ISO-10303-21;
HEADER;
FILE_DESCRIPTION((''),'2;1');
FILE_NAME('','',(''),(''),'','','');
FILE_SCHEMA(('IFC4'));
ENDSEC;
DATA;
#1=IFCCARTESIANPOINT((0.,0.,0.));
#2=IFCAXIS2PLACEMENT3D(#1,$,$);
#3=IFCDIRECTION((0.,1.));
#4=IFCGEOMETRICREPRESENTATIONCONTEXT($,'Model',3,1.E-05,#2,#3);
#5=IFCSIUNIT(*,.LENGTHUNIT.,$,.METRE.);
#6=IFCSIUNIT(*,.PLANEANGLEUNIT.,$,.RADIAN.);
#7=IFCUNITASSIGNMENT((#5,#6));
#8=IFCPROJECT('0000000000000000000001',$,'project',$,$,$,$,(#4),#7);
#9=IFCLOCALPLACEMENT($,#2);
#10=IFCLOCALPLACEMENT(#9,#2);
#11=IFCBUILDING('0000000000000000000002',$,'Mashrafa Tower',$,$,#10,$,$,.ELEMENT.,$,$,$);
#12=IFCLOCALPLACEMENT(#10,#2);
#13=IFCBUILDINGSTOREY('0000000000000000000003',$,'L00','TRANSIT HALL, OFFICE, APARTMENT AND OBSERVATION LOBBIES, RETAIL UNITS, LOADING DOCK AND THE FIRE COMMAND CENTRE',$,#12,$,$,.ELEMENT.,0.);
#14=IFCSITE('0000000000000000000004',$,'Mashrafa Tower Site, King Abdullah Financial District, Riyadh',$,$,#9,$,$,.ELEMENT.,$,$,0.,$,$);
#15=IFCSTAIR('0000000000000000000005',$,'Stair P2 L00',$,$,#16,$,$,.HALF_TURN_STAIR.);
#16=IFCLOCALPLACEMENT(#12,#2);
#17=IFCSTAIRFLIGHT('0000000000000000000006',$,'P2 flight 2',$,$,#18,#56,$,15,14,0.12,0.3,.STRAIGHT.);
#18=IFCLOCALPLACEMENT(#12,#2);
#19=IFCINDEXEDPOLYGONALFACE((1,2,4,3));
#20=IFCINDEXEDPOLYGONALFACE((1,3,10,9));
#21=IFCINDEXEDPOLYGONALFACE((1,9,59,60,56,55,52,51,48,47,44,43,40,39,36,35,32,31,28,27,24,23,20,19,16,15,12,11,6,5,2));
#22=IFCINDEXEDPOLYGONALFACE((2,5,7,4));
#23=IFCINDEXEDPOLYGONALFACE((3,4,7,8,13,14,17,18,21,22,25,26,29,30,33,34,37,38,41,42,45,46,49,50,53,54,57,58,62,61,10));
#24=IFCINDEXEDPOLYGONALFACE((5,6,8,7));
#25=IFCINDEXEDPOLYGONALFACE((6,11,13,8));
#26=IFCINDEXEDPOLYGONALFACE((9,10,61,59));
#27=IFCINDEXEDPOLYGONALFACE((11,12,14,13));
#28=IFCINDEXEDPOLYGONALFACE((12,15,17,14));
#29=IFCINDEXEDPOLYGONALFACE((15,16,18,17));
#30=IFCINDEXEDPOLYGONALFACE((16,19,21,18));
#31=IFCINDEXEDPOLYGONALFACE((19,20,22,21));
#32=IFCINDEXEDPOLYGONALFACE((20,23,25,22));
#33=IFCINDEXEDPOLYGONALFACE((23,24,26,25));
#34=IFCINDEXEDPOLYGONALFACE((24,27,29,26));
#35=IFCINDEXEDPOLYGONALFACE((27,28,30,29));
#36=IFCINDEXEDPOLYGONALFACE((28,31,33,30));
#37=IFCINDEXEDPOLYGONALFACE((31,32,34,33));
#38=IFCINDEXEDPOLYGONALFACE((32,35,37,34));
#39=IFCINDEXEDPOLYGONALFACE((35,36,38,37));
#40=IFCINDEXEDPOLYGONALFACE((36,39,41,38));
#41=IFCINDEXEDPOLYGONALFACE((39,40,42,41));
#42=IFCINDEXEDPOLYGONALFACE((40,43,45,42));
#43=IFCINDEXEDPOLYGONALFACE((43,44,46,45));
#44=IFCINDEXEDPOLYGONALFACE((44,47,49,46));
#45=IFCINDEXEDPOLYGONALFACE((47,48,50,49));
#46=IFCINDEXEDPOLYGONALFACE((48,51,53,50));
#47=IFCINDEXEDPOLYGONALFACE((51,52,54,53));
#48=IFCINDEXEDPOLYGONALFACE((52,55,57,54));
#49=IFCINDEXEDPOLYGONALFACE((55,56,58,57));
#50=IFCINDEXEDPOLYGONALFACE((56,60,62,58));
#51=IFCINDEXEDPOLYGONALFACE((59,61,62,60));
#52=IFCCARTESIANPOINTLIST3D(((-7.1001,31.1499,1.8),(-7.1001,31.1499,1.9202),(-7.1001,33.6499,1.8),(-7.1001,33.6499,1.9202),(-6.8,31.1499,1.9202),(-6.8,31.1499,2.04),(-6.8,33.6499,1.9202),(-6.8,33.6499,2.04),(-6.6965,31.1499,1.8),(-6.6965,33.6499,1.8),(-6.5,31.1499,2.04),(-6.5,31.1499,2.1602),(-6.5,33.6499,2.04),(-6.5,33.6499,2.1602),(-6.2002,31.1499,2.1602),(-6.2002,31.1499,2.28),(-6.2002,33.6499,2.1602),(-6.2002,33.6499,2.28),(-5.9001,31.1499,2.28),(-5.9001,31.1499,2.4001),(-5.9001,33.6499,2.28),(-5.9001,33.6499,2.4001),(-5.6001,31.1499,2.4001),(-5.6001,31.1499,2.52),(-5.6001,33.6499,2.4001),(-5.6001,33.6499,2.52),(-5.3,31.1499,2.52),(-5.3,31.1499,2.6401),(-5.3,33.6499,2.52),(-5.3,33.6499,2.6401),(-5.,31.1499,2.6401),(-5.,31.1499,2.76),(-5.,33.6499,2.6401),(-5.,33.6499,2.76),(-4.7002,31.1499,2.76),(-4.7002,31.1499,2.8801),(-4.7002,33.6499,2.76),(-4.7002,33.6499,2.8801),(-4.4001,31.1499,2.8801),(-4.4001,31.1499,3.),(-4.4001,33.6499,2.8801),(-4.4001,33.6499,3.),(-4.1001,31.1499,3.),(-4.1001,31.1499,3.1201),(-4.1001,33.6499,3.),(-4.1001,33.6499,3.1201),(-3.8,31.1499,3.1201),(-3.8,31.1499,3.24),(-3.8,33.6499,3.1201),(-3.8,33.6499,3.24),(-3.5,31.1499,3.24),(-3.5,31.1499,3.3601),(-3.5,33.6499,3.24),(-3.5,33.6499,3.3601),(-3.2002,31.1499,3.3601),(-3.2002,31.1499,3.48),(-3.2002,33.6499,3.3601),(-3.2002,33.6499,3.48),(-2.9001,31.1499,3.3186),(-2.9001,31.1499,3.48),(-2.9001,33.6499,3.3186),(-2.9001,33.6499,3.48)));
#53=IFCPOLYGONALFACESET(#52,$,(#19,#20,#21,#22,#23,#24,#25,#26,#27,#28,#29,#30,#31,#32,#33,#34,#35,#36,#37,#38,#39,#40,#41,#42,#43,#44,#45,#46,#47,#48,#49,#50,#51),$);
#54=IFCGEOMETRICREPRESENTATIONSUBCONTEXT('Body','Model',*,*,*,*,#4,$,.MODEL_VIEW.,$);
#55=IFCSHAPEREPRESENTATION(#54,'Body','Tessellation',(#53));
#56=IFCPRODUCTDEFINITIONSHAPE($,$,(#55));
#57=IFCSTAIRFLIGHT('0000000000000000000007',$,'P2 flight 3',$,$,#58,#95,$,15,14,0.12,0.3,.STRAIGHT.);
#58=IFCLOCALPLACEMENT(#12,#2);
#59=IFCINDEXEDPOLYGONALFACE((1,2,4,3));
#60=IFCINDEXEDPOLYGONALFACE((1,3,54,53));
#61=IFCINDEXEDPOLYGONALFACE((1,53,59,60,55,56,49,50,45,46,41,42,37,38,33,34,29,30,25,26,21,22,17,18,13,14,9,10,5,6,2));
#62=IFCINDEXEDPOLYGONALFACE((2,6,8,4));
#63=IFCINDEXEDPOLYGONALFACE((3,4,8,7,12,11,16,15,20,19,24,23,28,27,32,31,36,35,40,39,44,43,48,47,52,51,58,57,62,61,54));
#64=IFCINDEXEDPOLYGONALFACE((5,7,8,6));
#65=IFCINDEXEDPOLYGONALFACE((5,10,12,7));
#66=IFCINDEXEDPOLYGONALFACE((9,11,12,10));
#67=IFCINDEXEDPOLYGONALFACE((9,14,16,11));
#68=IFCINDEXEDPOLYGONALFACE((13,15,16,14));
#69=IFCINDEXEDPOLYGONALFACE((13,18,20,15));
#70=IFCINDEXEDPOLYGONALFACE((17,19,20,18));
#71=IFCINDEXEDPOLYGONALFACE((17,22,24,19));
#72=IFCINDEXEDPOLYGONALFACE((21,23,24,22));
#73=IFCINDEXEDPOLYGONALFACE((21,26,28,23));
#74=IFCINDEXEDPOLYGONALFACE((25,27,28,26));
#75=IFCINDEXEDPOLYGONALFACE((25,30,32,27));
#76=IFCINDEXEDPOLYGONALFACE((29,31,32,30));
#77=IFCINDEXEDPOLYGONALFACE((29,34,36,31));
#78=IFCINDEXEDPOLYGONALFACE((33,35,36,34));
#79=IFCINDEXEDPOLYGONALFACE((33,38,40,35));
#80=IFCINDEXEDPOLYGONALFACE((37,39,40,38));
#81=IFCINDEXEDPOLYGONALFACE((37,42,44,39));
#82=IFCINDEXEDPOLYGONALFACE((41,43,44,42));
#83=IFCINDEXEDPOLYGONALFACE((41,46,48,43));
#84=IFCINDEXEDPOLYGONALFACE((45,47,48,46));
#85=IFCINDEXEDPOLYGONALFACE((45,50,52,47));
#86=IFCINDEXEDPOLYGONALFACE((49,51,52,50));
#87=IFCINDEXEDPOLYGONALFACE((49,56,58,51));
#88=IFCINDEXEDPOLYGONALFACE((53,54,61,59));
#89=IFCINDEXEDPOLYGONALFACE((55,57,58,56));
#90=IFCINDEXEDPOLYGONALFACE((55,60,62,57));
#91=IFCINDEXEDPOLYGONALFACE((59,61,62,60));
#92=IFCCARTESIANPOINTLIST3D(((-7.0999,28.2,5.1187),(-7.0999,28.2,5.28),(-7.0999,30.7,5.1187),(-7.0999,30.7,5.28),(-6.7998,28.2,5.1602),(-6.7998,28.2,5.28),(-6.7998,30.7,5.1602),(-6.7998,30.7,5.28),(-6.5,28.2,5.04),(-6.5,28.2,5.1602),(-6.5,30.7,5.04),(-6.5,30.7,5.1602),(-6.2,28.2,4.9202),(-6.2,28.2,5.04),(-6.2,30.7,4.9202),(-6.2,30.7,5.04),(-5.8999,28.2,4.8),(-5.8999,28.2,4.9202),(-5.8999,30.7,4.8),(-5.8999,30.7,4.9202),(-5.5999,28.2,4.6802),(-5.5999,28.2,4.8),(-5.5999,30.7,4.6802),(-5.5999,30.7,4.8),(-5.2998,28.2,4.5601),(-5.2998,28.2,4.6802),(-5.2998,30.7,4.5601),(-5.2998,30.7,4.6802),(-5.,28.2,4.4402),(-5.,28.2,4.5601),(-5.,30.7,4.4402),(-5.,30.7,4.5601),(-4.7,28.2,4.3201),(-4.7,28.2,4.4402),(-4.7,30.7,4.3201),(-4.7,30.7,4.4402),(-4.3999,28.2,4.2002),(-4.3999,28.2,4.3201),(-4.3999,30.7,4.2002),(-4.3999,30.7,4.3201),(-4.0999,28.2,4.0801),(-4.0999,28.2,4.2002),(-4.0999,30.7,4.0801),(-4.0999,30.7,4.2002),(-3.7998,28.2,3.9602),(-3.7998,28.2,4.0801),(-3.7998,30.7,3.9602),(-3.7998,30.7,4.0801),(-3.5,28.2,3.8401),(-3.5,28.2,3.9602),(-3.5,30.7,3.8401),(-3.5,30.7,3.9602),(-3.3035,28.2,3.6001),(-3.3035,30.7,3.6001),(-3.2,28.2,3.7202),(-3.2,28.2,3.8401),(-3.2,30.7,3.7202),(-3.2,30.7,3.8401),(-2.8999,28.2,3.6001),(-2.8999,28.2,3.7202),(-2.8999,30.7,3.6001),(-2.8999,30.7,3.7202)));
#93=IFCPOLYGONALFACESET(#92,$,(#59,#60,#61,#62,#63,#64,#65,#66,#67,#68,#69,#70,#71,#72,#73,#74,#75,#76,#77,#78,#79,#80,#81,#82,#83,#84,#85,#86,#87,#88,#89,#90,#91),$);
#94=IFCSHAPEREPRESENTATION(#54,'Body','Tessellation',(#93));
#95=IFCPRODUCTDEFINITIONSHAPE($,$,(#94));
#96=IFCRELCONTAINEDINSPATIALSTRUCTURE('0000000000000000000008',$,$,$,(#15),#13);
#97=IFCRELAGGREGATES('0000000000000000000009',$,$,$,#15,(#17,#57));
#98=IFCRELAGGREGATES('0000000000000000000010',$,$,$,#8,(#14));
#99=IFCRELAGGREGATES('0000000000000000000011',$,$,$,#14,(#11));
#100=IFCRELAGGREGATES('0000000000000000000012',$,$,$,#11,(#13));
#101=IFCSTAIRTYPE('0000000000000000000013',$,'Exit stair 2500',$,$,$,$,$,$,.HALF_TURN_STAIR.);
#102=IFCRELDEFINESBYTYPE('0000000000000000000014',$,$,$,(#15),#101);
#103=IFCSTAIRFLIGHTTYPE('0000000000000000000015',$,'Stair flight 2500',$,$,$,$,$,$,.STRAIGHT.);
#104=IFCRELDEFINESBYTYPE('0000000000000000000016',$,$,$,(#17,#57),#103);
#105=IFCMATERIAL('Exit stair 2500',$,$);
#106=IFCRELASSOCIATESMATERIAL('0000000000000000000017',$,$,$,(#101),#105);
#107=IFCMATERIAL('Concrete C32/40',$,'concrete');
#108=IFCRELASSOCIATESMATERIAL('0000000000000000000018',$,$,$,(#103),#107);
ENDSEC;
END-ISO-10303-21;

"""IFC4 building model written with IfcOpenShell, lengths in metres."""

from ifc_helpers import new_model, si_unit, direction, frame, origin, place, context, subcontext, project, spatial, polyline, outline, extrude, material, type_object, element, aggregate, save


model = new_model("IFC4")

# Units and contexts
model_context = context("Model", 3, precision=1e-05, world=origin(), true_north=direction((0.0, 1.0)))
body_context = subcontext(model_context, "Body", "Model", "MODEL_VIEW")
ifc_project = project(units=[si_unit("LENGTHUNIT", "METRE"), si_unit("PLANEANGLEUNIT", "RADIAN")], contexts=[model_context])

# Site, building, storey
site_placement = place(None, origin())
site = spatial("IfcSite", under=ifc_project, at=site_placement, Name="Mashrafa Tower Site, King Abdullah Financial District, Riyadh", CompositionType="ELEMENT", RefElevation=0.0)
building_placement = place(site_placement, origin())
building = spatial("IfcBuilding", under=site, at=building_placement, Name="Mashrafa Tower", CompositionType="ELEMENT")
storey_placement = place(building_placement, origin())
storey = spatial("IfcBuildingStorey", under=building, at=storey_placement, Name="L00", Description="TRANSIT HALL, OFFICE, APARTMENT AND OBSERVATION LOBBIES, RETAIL UNITS, LOADING DOCK AND THE FIRE COMMAND CENTRE", CompositionType="ELEMENT", Elevation=0.0)

# Stair, stair flights
ifc_material_1 = material(Name="Exit stair 2500")
stair_type = type_object("IfcStairType", Name="Exit stair 2500", PredefinedType="HALF_TURN_STAIR", material=ifc_material_1)
stair_placement = place(storey_placement, origin())
stair = element("IfcStair", 1, at=stair_placement, inside=storey, type_object=stair_type, Name="Stair P2 L00", PredefinedType="HALF_TURN_STAIR")
ifc_material_2 = material(Name="Concrete C32/40", Category="concrete")
stair_flight_type = type_object("IfcStairFlightType", Name="Stair flight 2500", PredefinedType="STRAIGHT", material=ifc_material_2)
stair_flight_1_placement = place(storey_placement, frame((-7.1001, 32.3999, 1.8), z_axis=(0.0, 0.0, 1.0), x_axis=(1.0, 0.0, 0.0)))
stair_flight_1 = element("IfcStairFlight", 2, at=stair_flight_1_placement, type_object=stair_flight_type, Name="P2 flight 2", NumberOfRisers=15, NumberOfTreads=14, PredefinedType="STRAIGHT", RiserHeight=0.12, TreadLength=0.3, context=body_context, shape_type="SweptSolid", body=[
    extrude(outline(polyline([(0.0, 0.0), (0.0, 0.1201), (0.3, 0.1201), (0.3, 0.24), (0.6001, 0.24), (0.6001, 0.3601), (0.8999, 0.3601), (0.8999, 0.48), (1.2, 0.48), (1.2, 0.6001), (1.5, 0.6001), (1.5, 0.72), (1.8, 0.72), (1.8, 0.8401), (2.1001, 0.8401), (2.1001, 0.96), (2.3999, 0.96), (2.3999, 1.0801), (2.7, 1.0801), (2.7, 1.2), (3.0, 1.2), (3.0, 1.3201), (3.3, 1.3201), (3.3, 1.4399), (3.6001, 1.4399), (3.6001, 1.5601), (3.8999, 1.5601), (3.8999, 1.6799), (4.2, 1.6799), (4.2, 1.8), (4.2, 1.5186), (0.4036, 0.0), (0.0, 0.0)])), frame((0.0, 1.25, 0.0), z_axis=(0.0, -1.0, 0.0), x_axis=(1.0, 0.0, 0.0)), (0.0, 0.0, 1.0), 2.5),
])
stair_flight_2_placement = place(storey_placement, frame((-2.8999, 29.45, 3.6001), z_axis=(0.0, 0.0, 1.0), x_axis=(-1.0, 0.0, 0.0)))
stair_flight_2 = element("IfcStairFlight", 3, at=stair_flight_2_placement, type_object=stair_flight_type, Name="P2 flight 3", NumberOfRisers=15, NumberOfTreads=14, PredefinedType="STRAIGHT", RiserHeight=0.12, TreadLength=0.3, context=body_context, shape_type="SweptSolid", body=[
    extrude(outline(polyline([(0.0, 0.0), (0.0, 0.1201), (0.3, 0.1201), (0.3, 0.24), (0.6001, 0.24), (0.6001, 0.3601), (0.8999, 0.3601), (0.8999, 0.48), (1.2, 0.48), (1.2, 0.6001), (1.5, 0.6001), (1.5, 0.72), (1.8, 0.72), (1.8, 0.8401), (2.1001, 0.8401), (2.1001, 0.96), (2.3999, 0.96), (2.3999, 1.0801), (2.7, 1.0801), (2.7, 1.2), (3.0, 1.2), (3.0, 1.3201), (3.3, 1.3201), (3.3, 1.4399), (3.6001, 1.4399), (3.6001, 1.5601), (3.8999, 1.5601), (3.8999, 1.6799), (4.2, 1.6799), (4.2, 1.8), (4.2, 1.5186), (0.4036, 0.0), (0.0, 0.0)])), frame((0.0, 1.25, 0.0), z_axis=(0.0, -1.0, 0.0), x_axis=(1.0, 0.0, 0.0)), (0.0, 0.0, 1.0), 2.5),
])
aggregate(stair, [stair_flight_1, stair_flight_2])

save(model, "model.ifc")
